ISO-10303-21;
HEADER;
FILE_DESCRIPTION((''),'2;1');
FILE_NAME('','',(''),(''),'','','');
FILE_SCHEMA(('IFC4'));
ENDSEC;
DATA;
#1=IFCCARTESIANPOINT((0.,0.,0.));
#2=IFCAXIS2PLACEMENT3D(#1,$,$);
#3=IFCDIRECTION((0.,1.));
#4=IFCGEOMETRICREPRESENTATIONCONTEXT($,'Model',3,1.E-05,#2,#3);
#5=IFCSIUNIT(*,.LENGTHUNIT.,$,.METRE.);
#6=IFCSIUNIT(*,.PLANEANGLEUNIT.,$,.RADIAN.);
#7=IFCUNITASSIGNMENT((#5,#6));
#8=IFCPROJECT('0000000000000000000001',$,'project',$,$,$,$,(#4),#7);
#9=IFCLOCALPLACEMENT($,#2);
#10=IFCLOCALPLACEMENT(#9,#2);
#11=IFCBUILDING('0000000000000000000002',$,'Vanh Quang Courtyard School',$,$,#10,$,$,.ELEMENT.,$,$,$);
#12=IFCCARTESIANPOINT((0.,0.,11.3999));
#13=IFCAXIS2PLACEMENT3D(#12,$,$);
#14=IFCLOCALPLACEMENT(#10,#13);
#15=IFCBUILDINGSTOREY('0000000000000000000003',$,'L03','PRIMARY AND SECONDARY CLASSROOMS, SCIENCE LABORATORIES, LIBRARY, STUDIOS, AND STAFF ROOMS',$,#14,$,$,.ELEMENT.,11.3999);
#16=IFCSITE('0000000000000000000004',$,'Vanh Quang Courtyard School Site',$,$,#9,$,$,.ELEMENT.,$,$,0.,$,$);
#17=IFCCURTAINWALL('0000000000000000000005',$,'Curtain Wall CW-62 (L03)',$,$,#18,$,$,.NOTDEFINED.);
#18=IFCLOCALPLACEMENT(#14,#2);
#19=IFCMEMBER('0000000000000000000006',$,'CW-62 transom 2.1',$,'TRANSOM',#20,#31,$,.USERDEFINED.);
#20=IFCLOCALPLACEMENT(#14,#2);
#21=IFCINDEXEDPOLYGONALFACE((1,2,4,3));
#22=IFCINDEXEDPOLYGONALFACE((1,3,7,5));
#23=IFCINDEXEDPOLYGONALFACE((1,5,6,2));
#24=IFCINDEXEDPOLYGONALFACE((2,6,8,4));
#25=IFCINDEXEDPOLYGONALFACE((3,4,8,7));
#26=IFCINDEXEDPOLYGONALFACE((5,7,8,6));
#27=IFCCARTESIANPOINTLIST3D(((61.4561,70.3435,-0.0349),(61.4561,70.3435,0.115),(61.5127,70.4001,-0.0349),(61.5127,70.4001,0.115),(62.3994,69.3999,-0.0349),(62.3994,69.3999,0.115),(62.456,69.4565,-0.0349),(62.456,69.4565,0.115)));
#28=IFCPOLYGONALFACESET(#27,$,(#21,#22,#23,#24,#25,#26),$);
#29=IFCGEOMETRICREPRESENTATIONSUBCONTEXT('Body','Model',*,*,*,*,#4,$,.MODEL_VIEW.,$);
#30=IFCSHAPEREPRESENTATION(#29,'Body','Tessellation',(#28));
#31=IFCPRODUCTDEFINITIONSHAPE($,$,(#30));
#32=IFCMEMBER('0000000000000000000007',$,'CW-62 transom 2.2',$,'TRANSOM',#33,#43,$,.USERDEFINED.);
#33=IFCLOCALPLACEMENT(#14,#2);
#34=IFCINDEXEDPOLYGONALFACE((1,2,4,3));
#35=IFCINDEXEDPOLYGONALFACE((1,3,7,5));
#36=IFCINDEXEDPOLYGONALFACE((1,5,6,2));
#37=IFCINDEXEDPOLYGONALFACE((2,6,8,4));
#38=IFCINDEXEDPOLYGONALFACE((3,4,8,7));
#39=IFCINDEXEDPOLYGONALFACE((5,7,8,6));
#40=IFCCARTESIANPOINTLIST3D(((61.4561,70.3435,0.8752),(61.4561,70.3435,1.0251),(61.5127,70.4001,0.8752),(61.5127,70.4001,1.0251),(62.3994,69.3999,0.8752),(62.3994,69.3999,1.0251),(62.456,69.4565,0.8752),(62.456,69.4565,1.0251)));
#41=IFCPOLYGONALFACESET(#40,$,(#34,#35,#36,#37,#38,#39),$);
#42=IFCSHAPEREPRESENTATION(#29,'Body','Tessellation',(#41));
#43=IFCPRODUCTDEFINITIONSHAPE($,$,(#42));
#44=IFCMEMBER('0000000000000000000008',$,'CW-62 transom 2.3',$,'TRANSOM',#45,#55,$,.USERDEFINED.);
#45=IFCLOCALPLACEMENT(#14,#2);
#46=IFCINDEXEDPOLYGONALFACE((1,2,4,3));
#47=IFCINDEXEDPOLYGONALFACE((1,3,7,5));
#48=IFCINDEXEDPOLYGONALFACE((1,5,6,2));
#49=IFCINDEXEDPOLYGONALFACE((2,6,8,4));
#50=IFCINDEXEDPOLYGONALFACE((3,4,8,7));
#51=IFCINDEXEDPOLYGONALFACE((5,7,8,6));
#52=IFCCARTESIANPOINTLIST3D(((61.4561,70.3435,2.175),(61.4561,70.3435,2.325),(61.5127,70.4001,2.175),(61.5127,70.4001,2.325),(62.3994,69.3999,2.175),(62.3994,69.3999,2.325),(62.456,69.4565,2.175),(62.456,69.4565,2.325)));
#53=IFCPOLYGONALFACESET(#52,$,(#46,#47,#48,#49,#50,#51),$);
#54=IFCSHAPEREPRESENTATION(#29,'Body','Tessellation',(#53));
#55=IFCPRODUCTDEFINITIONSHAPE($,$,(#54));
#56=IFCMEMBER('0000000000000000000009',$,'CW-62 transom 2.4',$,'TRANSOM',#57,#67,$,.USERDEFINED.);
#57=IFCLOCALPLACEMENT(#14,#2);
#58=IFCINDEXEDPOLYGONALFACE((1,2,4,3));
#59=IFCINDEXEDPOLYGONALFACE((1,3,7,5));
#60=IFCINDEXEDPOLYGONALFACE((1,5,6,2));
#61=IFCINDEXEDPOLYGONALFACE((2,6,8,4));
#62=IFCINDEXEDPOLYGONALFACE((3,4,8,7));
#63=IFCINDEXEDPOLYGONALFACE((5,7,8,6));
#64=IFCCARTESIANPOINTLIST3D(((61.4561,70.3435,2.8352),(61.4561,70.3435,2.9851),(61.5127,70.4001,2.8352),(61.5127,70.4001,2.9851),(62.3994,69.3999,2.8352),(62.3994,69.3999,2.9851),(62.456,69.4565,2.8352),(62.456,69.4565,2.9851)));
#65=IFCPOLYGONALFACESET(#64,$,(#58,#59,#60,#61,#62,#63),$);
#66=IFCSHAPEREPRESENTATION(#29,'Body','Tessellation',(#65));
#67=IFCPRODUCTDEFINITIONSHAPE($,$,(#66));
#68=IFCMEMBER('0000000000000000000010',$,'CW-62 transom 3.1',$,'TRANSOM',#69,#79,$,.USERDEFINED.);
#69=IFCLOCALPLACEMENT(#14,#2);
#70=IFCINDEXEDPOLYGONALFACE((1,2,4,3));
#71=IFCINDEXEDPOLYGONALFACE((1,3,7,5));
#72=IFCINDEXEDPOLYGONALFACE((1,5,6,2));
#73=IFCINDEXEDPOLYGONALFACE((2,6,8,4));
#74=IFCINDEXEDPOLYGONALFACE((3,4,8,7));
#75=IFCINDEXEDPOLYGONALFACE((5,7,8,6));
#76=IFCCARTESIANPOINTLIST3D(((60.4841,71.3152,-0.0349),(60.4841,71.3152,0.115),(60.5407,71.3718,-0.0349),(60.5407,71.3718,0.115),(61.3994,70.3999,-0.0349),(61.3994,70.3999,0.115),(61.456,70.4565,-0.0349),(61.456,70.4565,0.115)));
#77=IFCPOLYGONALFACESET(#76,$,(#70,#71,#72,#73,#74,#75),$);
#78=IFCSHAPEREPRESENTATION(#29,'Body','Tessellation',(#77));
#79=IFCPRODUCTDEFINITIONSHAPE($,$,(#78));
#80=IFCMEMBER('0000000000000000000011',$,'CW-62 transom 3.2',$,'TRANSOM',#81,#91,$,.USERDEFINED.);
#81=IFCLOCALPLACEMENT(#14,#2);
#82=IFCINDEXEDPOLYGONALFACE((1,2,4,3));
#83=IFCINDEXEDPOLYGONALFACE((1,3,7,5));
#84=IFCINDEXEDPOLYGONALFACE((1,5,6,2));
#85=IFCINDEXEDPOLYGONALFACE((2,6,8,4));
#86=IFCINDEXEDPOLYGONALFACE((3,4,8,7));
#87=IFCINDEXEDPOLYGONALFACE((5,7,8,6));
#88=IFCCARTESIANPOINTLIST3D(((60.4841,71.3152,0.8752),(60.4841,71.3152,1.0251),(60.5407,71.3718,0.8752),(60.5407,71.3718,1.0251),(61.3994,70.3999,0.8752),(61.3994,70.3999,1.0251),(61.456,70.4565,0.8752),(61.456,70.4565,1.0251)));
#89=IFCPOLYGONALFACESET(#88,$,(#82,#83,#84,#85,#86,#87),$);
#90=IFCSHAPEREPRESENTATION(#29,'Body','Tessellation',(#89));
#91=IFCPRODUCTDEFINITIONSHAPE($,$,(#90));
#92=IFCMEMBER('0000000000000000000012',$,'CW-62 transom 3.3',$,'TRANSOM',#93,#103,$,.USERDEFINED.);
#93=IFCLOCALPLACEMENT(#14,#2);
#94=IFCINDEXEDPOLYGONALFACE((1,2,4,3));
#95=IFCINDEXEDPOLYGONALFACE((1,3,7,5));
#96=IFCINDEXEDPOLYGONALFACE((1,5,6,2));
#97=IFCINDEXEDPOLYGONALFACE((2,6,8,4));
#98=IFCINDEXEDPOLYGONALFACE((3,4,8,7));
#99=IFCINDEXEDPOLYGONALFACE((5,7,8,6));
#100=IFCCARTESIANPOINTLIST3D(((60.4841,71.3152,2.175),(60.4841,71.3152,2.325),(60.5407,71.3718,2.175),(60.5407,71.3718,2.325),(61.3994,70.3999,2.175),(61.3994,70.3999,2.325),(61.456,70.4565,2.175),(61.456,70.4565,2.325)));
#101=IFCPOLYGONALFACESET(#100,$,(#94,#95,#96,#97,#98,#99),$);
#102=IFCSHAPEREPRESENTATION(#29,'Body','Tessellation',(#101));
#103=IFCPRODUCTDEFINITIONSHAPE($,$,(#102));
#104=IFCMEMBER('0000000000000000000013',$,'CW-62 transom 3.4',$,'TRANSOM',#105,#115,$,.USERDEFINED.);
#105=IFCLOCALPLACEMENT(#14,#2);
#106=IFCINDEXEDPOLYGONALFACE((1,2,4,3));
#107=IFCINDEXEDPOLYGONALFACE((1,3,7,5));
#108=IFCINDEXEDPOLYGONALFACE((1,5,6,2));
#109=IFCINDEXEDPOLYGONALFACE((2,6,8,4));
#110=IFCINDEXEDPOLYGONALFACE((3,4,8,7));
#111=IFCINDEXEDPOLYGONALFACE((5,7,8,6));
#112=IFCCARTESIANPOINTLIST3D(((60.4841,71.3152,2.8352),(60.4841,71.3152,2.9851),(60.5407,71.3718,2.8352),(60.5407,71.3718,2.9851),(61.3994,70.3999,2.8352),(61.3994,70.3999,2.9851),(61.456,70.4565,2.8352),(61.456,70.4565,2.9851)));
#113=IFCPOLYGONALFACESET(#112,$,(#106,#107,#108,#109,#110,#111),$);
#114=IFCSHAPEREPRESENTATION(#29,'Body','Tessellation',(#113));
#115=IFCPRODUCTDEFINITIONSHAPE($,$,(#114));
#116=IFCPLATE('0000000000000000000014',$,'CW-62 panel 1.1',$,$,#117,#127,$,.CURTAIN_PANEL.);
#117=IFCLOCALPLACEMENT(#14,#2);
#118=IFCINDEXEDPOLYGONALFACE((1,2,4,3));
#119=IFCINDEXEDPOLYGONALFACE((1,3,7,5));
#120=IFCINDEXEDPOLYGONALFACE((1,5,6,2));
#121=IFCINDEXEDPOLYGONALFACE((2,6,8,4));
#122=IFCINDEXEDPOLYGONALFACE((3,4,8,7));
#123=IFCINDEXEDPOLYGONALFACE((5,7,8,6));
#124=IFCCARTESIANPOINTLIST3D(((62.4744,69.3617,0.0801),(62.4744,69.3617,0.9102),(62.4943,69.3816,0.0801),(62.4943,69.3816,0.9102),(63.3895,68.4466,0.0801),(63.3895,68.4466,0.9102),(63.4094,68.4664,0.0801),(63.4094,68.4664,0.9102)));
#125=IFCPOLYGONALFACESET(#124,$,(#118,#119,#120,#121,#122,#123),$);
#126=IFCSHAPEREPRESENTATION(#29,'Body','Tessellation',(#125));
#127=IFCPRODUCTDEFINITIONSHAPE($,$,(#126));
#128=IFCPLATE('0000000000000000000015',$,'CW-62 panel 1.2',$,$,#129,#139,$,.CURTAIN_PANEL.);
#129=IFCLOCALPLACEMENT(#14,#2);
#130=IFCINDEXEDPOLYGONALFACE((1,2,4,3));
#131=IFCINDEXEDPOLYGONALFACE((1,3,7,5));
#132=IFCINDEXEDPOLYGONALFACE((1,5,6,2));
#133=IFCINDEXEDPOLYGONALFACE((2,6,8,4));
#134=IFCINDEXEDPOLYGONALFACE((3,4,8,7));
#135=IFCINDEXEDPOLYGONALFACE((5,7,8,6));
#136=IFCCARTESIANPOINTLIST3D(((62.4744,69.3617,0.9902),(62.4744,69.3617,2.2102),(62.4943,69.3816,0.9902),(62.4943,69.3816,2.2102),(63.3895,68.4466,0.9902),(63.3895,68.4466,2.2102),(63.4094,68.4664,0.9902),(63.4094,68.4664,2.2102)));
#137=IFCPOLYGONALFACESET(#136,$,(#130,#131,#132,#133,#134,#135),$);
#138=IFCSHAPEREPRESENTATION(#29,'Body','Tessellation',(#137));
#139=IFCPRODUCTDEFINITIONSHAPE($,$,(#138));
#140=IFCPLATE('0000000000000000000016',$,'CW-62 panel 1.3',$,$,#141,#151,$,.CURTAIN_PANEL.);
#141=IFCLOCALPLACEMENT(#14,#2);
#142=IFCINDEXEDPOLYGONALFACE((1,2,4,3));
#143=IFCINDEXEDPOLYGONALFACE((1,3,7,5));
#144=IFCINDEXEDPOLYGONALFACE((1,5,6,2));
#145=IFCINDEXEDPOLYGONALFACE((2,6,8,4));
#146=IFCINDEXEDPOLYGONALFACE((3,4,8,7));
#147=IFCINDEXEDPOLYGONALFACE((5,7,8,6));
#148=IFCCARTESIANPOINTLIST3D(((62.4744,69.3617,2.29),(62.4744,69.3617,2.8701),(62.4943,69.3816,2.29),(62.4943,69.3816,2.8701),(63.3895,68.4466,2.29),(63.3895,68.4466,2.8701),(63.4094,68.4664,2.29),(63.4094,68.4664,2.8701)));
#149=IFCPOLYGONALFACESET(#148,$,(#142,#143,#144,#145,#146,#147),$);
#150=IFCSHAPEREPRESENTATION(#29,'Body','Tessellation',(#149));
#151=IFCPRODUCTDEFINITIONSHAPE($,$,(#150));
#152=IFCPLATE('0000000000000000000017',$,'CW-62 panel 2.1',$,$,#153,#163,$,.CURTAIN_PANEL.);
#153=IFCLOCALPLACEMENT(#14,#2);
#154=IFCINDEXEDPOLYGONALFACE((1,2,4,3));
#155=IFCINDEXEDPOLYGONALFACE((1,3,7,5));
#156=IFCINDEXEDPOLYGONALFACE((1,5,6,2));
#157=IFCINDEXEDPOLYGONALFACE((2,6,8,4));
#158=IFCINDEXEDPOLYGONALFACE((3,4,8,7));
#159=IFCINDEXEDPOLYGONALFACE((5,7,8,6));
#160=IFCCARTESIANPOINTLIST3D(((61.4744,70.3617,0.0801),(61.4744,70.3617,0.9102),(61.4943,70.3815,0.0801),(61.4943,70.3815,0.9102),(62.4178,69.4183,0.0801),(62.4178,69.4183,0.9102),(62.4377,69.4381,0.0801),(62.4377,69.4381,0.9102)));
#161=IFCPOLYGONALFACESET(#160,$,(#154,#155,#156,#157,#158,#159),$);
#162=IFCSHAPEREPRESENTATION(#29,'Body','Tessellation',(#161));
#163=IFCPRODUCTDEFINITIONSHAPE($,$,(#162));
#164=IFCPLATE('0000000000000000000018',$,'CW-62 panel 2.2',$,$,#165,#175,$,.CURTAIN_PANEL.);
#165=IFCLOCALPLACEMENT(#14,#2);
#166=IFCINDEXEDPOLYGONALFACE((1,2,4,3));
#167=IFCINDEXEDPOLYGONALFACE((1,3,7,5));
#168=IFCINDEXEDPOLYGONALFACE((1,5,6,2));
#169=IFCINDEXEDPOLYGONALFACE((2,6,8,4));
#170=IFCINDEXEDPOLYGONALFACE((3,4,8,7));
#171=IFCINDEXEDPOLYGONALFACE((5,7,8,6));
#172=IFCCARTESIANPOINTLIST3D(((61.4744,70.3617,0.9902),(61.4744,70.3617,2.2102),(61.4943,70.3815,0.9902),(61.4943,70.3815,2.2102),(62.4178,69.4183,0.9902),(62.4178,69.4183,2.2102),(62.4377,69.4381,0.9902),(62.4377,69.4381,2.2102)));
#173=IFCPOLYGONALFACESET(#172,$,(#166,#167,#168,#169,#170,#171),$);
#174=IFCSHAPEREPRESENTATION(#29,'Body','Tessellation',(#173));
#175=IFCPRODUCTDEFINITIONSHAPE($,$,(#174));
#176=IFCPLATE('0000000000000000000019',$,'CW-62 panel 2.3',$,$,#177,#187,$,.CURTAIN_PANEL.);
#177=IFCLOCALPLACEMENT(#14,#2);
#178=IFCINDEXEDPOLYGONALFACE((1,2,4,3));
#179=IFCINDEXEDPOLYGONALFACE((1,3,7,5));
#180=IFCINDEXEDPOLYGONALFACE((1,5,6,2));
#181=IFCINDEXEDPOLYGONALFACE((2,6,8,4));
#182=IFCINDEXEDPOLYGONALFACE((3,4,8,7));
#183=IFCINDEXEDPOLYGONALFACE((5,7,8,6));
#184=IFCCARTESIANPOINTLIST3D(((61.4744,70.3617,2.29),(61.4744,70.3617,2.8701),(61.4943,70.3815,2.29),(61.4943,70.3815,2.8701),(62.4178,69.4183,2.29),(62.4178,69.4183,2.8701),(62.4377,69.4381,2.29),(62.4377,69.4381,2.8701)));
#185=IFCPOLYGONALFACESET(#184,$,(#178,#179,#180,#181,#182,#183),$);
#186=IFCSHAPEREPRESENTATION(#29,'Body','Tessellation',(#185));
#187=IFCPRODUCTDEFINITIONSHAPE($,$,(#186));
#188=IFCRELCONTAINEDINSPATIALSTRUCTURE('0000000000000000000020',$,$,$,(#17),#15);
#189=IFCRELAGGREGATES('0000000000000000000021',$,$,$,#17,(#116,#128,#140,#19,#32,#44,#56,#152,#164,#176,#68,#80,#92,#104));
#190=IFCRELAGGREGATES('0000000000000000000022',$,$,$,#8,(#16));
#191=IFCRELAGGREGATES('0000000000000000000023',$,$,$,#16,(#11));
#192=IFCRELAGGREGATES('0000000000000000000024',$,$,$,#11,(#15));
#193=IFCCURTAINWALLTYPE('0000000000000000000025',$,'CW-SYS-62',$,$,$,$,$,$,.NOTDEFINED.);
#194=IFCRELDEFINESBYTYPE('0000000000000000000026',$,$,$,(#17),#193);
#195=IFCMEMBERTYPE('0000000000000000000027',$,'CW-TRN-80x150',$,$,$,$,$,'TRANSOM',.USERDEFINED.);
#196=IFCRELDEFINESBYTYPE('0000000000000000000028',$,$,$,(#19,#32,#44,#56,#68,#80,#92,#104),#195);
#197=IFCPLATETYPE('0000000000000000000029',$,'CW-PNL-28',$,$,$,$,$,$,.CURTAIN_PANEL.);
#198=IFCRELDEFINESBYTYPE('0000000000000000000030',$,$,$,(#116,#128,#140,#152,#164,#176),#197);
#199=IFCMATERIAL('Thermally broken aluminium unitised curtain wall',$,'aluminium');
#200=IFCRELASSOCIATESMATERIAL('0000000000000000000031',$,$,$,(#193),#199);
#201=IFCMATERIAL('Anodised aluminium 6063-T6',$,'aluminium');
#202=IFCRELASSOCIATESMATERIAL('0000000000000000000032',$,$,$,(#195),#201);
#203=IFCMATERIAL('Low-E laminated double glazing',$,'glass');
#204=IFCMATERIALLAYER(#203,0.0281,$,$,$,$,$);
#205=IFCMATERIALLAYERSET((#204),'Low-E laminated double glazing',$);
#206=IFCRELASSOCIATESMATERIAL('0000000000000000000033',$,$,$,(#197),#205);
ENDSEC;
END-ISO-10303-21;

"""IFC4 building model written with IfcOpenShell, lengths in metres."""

from ifc_helpers import new_model, si_unit, direction, frame, origin, origin_2d, place, context, subcontext, project, spatial, rectangle, extrude, material, layer, layer_set, material_profile, profile_set, type_object, element, aggregate, save


model = new_model("IFC4")

# Units and contexts
model_context = context("Model", 3, precision=1e-05, world=origin(), true_north=direction((0.0, 1.0)))
body_context = subcontext(model_context, "Body", "Model", "MODEL_VIEW")
ifc_project = project(units=[si_unit("LENGTHUNIT", "METRE"), si_unit("PLANEANGLEUNIT", "RADIAN")], contexts=[model_context])

# Site, building, storey
site_placement = place(None, origin())
site = spatial("IfcSite", under=ifc_project, at=site_placement, Name="Vanh Quang Courtyard School Site", CompositionType="ELEMENT", RefElevation=0.0)
building_placement = place(site_placement, origin())
building = spatial("IfcBuilding", under=site, at=building_placement, Name="Vanh Quang Courtyard School", CompositionType="ELEMENT")
storey_placement = place(building_placement, frame((0.0, 0.0, 11.3999)))
storey = spatial("IfcBuildingStorey", under=building, at=storey_placement, Name="L03", Description="PRIMARY AND SECONDARY CLASSROOMS, SCIENCE LABORATORIES, LIBRARY, STUDIOS, AND STAFF ROOMS", CompositionType="ELEMENT", Elevation=11.3999)

# Shared definitions
ifc_material_1 = material(Name="Thermally broken aluminium unitised curtain wall", Category="aluminium")
ifc_material_2 = material(Name="Anodised aluminium 6063-T6", Category="aluminium")

# Curtain wall
curtain_wall_type_1 = type_object("IfcCurtainWallType", Name="CW-SYS-62", PredefinedType="NOTDEFINED", material=ifc_material_1)
curtain_wall_1_placement = place(storey_placement, origin())
curtain_wall_1 = element("IfcCurtainWall", 1, at=curtain_wall_1_placement, inside=storey, type_object=curtain_wall_type_1, Name="Curtain Wall CW-62 (L03)", PredefinedType="NOTDEFINED")

# Members
ifc_material_profile_1 = material_profile(ifc_material_2, rectangle(XDim=0.0801, YDim=0.1499, at=origin_2d()), Name="ALU-TRN 80x150")
ifc_profile_set_1 = profile_set([ifc_material_profile_1], Name="Anodised aluminium 6063-T6")
member_type_1 = type_object("IfcMemberType", Name="CW-TRN-80x150", ElementType="TRANSOM", PredefinedType="USERDEFINED", material=ifc_profile_set_1)
member_1_placement = place(storey_placement, frame((62.4277, 69.4282, 0.04), z_axis=(-0.707015, 0.707198, 0.0), x_axis=(-0.707198, -0.707015, 0.0)))
member_1 = element("IfcMember", 2, at=member_1_placement, type_object=member_type_1, Name="CW-62 transom 2.1", ObjectType="TRANSOM", PredefinedType="USERDEFINED", context=body_context, shape_type="SweptSolid", body=[
    extrude(rectangle(XDim=0.0801, YDim=0.1499, at=origin_2d()), origin(), (0.0, 0.0, 1.0), 1.3342),
])
member_2_placement = place(storey_placement, frame((62.4277, 69.4282, 0.9502), z_axis=(-0.707015, 0.707198, 0.0), x_axis=(-0.707198, -0.707015, 0.0)))
member_2 = element("IfcMember", 3, at=member_2_placement, type_object=member_type_1, Name="CW-62 transom 2.2", ObjectType="TRANSOM", PredefinedType="USERDEFINED", context=body_context, shape_type="SweptSolid", body=[
    extrude(rectangle(XDim=0.0801, YDim=0.1499, at=origin_2d()), origin(), (0.0, 0.0, 1.0), 1.3342),
])
member_3_placement = place(storey_placement, frame((62.4277, 69.4282, 2.25), z_axis=(-0.707015, 0.707198, 0.0), x_axis=(-0.707198, -0.707015, 0.0)))
member_3 = element("IfcMember", 4, at=member_3_placement, type_object=member_type_1, Name="CW-62 transom 2.3", ObjectType="TRANSOM", PredefinedType="USERDEFINED", context=body_context, shape_type="SweptSolid", body=[
    extrude(rectangle(XDim=0.0801, YDim=0.1499, at=origin_2d()), origin(), (0.0, 0.0, 1.0), 1.3342),
])
member_4_placement = place(storey_placement, frame((62.4277, 69.4282, 2.9102), z_axis=(-0.707015, 0.707198, 0.0), x_axis=(-0.707198, -0.707015, 0.0)))
member_4 = element("IfcMember", 5, at=member_4_placement, type_object=member_type_1, Name="CW-62 transom 2.4", ObjectType="TRANSOM", PredefinedType="USERDEFINED", context=body_context, shape_type="SweptSolid", body=[
    extrude(rectangle(XDim=0.0801, YDim=0.1499, at=origin_2d()), origin(), (0.0, 0.0, 1.0), 1.3342),
])
member_5_placement = place(storey_placement, frame((61.4277, 70.4282, 0.04), z_axis=(-0.707107, 0.707107, 0.0), x_axis=(-0.707107, -0.707107, 0.0)))
member_5 = element("IfcMember", 6, at=member_5_placement, type_object=member_type_1, Name="CW-62 transom 3.1", ObjectType="TRANSOM", PredefinedType="USERDEFINED", context=body_context, shape_type="SweptSolid", body=[
    extrude(rectangle(XDim=0.0801, YDim=0.1499, at=origin_2d()), origin(), (0.0, 0.0, 1.0), 1.2944),
])
member_6_placement = place(storey_placement, frame((61.4277, 70.4282, 0.9502), z_axis=(-0.707107, 0.707107, 0.0), x_axis=(-0.707107, -0.707107, 0.0)))
member_6 = element("IfcMember", 7, at=member_6_placement, type_object=member_type_1, Name="CW-62 transom 3.2", ObjectType="TRANSOM", PredefinedType="USERDEFINED", context=body_context, shape_type="SweptSolid", body=[
    extrude(rectangle(XDim=0.0801, YDim=0.1499, at=origin_2d()), origin(), (0.0, 0.0, 1.0), 1.2944),
])
member_7_placement = place(storey_placement, frame((61.4277, 70.4282, 2.25), z_axis=(-0.707107, 0.707107, 0.0), x_axis=(-0.707107, -0.707107, 0.0)))
member_7 = element("IfcMember", 8, at=member_7_placement, type_object=member_type_1, Name="CW-62 transom 3.3", ObjectType="TRANSOM", PredefinedType="USERDEFINED", context=body_context, shape_type="SweptSolid", body=[
    extrude(rectangle(XDim=0.0801, YDim=0.1499, at=origin_2d()), origin(), (0.0, 0.0, 1.0), 1.2944),
])
member_8_placement = place(storey_placement, frame((61.4277, 70.4282, 2.9102), z_axis=(-0.707107, 0.707107, 0.0), x_axis=(-0.707107, -0.707107, 0.0)))
member_8 = element("IfcMember", 9, at=member_8_placement, type_object=member_type_1, Name="CW-62 transom 3.4", ObjectType="TRANSOM", PredefinedType="USERDEFINED", context=body_context, shape_type="SweptSolid", body=[
    extrude(rectangle(XDim=0.0801, YDim=0.1499, at=origin_2d()), origin(), (0.0, 0.0, 1.0), 1.2944),
])

# Plates
ifc_material_3 = material(Name="Low-E laminated double glazing", Category="glass")
ifc_layer = layer(ifc_material_3, 0.0281)
ifc_layer_set = layer_set([ifc_layer], Name="Low-E laminated double glazing")
plate_type = type_object("IfcPlateType", Name="CW-PNL-28", PredefinedType="CURTAIN_PANEL", material=ifc_layer_set)
plate_1_placement = place(storey_placement, frame((62.9419, 68.9141, 0.0801), z_axis=(0.0, 0.0, 1.0), x_axis=(-0.707107, 0.707107, 0.0)))
plate_1 = element("IfcPlate", 10, at=plate_1_placement, type_object=plate_type, Name="CW-62 panel 1.1", PredefinedType="CURTAIN_PANEL", context=body_context, shape_type="SweptSolid", body=[
    extrude(rectangle(XDim=1.2942, YDim=0.0281, at=origin_2d()), origin(), (0.0, 0.0, 1.0), 0.8301),
])
plate_2_placement = place(storey_placement, frame((62.9419, 68.9141, 0.9902), z_axis=(0.0, 0.0, 1.0), x_axis=(-0.707107, 0.707107, 0.0)))
plate_2 = element("IfcPlate", 11, at=plate_2_placement, type_object=plate_type, Name="CW-62 panel 1.2", PredefinedType="CURTAIN_PANEL", context=body_context, shape_type="SweptSolid", body=[
    extrude(rectangle(XDim=1.2942, YDim=0.0281, at=origin_2d()), origin(), (0.0, 0.0, 1.0), 1.22),
])
plate_3_placement = place(storey_placement, frame((62.9419, 68.9141, 2.29), z_axis=(0.0, 0.0, 1.0), x_axis=(-0.707107, 0.707107, 0.0)))
plate_3 = element("IfcPlate", 12, at=plate_3_placement, type_object=plate_type, Name="CW-62 panel 1.3", PredefinedType="CURTAIN_PANEL", context=body_context, shape_type="SweptSolid", body=[
    extrude(rectangle(XDim=1.2942, YDim=0.0281, at=origin_2d()), origin(), (0.0, 0.0, 1.0), 0.5801),
])
plate_4_placement = place(storey_placement, frame((61.9561, 69.8999, 0.0801), z_axis=(0.0, 0.0, 1.0), x_axis=(-0.707107, 0.707107, 0.0)))
plate_4 = element("IfcPlate", 13, at=plate_4_placement, type_object=plate_type, Name="CW-62 panel 2.1", PredefinedType="CURTAIN_PANEL", context=body_context, shape_type="SweptSolid", body=[
    extrude(rectangle(XDim=1.3342, YDim=0.0281, at=origin_2d()), origin(), (0.0, 0.0, 1.0), 0.8301),
])
plate_5_placement = place(storey_placement, frame((61.9561, 69.8999, 0.9902), z_axis=(0.0, 0.0, 1.0), x_axis=(-0.707107, 0.707107, 0.0)))
plate_5 = element("IfcPlate", 14, at=plate_5_placement, type_object=plate_type, Name="CW-62 panel 2.2", PredefinedType="CURTAIN_PANEL", context=body_context, shape_type="SweptSolid", body=[
    extrude(rectangle(XDim=1.3342, YDim=0.0281, at=origin_2d()), origin(), (0.0, 0.0, 1.0), 1.22),
])
plate_6_placement = place(storey_placement, frame((61.9561, 69.8999, 2.29), z_axis=(0.0, 0.0, 1.0), x_axis=(-0.707107, 0.707107, 0.0)))
plate_6 = element("IfcPlate", 15, at=plate_6_placement, type_object=plate_type, Name="CW-62 panel 2.3", PredefinedType="CURTAIN_PANEL", context=body_context, shape_type="SweptSolid", body=[
    extrude(rectangle(XDim=1.3342, YDim=0.0281, at=origin_2d()), origin(), (0.0, 0.0, 1.0), 0.5801),
])
aggregate(curtain_wall_1, [plate_1, plate_2, plate_3, member_1, member_2, member_3, member_4, plate_4, plate_5, plate_6, member_5, member_6, member_7, member_8])

save(model, "model.ifc")
